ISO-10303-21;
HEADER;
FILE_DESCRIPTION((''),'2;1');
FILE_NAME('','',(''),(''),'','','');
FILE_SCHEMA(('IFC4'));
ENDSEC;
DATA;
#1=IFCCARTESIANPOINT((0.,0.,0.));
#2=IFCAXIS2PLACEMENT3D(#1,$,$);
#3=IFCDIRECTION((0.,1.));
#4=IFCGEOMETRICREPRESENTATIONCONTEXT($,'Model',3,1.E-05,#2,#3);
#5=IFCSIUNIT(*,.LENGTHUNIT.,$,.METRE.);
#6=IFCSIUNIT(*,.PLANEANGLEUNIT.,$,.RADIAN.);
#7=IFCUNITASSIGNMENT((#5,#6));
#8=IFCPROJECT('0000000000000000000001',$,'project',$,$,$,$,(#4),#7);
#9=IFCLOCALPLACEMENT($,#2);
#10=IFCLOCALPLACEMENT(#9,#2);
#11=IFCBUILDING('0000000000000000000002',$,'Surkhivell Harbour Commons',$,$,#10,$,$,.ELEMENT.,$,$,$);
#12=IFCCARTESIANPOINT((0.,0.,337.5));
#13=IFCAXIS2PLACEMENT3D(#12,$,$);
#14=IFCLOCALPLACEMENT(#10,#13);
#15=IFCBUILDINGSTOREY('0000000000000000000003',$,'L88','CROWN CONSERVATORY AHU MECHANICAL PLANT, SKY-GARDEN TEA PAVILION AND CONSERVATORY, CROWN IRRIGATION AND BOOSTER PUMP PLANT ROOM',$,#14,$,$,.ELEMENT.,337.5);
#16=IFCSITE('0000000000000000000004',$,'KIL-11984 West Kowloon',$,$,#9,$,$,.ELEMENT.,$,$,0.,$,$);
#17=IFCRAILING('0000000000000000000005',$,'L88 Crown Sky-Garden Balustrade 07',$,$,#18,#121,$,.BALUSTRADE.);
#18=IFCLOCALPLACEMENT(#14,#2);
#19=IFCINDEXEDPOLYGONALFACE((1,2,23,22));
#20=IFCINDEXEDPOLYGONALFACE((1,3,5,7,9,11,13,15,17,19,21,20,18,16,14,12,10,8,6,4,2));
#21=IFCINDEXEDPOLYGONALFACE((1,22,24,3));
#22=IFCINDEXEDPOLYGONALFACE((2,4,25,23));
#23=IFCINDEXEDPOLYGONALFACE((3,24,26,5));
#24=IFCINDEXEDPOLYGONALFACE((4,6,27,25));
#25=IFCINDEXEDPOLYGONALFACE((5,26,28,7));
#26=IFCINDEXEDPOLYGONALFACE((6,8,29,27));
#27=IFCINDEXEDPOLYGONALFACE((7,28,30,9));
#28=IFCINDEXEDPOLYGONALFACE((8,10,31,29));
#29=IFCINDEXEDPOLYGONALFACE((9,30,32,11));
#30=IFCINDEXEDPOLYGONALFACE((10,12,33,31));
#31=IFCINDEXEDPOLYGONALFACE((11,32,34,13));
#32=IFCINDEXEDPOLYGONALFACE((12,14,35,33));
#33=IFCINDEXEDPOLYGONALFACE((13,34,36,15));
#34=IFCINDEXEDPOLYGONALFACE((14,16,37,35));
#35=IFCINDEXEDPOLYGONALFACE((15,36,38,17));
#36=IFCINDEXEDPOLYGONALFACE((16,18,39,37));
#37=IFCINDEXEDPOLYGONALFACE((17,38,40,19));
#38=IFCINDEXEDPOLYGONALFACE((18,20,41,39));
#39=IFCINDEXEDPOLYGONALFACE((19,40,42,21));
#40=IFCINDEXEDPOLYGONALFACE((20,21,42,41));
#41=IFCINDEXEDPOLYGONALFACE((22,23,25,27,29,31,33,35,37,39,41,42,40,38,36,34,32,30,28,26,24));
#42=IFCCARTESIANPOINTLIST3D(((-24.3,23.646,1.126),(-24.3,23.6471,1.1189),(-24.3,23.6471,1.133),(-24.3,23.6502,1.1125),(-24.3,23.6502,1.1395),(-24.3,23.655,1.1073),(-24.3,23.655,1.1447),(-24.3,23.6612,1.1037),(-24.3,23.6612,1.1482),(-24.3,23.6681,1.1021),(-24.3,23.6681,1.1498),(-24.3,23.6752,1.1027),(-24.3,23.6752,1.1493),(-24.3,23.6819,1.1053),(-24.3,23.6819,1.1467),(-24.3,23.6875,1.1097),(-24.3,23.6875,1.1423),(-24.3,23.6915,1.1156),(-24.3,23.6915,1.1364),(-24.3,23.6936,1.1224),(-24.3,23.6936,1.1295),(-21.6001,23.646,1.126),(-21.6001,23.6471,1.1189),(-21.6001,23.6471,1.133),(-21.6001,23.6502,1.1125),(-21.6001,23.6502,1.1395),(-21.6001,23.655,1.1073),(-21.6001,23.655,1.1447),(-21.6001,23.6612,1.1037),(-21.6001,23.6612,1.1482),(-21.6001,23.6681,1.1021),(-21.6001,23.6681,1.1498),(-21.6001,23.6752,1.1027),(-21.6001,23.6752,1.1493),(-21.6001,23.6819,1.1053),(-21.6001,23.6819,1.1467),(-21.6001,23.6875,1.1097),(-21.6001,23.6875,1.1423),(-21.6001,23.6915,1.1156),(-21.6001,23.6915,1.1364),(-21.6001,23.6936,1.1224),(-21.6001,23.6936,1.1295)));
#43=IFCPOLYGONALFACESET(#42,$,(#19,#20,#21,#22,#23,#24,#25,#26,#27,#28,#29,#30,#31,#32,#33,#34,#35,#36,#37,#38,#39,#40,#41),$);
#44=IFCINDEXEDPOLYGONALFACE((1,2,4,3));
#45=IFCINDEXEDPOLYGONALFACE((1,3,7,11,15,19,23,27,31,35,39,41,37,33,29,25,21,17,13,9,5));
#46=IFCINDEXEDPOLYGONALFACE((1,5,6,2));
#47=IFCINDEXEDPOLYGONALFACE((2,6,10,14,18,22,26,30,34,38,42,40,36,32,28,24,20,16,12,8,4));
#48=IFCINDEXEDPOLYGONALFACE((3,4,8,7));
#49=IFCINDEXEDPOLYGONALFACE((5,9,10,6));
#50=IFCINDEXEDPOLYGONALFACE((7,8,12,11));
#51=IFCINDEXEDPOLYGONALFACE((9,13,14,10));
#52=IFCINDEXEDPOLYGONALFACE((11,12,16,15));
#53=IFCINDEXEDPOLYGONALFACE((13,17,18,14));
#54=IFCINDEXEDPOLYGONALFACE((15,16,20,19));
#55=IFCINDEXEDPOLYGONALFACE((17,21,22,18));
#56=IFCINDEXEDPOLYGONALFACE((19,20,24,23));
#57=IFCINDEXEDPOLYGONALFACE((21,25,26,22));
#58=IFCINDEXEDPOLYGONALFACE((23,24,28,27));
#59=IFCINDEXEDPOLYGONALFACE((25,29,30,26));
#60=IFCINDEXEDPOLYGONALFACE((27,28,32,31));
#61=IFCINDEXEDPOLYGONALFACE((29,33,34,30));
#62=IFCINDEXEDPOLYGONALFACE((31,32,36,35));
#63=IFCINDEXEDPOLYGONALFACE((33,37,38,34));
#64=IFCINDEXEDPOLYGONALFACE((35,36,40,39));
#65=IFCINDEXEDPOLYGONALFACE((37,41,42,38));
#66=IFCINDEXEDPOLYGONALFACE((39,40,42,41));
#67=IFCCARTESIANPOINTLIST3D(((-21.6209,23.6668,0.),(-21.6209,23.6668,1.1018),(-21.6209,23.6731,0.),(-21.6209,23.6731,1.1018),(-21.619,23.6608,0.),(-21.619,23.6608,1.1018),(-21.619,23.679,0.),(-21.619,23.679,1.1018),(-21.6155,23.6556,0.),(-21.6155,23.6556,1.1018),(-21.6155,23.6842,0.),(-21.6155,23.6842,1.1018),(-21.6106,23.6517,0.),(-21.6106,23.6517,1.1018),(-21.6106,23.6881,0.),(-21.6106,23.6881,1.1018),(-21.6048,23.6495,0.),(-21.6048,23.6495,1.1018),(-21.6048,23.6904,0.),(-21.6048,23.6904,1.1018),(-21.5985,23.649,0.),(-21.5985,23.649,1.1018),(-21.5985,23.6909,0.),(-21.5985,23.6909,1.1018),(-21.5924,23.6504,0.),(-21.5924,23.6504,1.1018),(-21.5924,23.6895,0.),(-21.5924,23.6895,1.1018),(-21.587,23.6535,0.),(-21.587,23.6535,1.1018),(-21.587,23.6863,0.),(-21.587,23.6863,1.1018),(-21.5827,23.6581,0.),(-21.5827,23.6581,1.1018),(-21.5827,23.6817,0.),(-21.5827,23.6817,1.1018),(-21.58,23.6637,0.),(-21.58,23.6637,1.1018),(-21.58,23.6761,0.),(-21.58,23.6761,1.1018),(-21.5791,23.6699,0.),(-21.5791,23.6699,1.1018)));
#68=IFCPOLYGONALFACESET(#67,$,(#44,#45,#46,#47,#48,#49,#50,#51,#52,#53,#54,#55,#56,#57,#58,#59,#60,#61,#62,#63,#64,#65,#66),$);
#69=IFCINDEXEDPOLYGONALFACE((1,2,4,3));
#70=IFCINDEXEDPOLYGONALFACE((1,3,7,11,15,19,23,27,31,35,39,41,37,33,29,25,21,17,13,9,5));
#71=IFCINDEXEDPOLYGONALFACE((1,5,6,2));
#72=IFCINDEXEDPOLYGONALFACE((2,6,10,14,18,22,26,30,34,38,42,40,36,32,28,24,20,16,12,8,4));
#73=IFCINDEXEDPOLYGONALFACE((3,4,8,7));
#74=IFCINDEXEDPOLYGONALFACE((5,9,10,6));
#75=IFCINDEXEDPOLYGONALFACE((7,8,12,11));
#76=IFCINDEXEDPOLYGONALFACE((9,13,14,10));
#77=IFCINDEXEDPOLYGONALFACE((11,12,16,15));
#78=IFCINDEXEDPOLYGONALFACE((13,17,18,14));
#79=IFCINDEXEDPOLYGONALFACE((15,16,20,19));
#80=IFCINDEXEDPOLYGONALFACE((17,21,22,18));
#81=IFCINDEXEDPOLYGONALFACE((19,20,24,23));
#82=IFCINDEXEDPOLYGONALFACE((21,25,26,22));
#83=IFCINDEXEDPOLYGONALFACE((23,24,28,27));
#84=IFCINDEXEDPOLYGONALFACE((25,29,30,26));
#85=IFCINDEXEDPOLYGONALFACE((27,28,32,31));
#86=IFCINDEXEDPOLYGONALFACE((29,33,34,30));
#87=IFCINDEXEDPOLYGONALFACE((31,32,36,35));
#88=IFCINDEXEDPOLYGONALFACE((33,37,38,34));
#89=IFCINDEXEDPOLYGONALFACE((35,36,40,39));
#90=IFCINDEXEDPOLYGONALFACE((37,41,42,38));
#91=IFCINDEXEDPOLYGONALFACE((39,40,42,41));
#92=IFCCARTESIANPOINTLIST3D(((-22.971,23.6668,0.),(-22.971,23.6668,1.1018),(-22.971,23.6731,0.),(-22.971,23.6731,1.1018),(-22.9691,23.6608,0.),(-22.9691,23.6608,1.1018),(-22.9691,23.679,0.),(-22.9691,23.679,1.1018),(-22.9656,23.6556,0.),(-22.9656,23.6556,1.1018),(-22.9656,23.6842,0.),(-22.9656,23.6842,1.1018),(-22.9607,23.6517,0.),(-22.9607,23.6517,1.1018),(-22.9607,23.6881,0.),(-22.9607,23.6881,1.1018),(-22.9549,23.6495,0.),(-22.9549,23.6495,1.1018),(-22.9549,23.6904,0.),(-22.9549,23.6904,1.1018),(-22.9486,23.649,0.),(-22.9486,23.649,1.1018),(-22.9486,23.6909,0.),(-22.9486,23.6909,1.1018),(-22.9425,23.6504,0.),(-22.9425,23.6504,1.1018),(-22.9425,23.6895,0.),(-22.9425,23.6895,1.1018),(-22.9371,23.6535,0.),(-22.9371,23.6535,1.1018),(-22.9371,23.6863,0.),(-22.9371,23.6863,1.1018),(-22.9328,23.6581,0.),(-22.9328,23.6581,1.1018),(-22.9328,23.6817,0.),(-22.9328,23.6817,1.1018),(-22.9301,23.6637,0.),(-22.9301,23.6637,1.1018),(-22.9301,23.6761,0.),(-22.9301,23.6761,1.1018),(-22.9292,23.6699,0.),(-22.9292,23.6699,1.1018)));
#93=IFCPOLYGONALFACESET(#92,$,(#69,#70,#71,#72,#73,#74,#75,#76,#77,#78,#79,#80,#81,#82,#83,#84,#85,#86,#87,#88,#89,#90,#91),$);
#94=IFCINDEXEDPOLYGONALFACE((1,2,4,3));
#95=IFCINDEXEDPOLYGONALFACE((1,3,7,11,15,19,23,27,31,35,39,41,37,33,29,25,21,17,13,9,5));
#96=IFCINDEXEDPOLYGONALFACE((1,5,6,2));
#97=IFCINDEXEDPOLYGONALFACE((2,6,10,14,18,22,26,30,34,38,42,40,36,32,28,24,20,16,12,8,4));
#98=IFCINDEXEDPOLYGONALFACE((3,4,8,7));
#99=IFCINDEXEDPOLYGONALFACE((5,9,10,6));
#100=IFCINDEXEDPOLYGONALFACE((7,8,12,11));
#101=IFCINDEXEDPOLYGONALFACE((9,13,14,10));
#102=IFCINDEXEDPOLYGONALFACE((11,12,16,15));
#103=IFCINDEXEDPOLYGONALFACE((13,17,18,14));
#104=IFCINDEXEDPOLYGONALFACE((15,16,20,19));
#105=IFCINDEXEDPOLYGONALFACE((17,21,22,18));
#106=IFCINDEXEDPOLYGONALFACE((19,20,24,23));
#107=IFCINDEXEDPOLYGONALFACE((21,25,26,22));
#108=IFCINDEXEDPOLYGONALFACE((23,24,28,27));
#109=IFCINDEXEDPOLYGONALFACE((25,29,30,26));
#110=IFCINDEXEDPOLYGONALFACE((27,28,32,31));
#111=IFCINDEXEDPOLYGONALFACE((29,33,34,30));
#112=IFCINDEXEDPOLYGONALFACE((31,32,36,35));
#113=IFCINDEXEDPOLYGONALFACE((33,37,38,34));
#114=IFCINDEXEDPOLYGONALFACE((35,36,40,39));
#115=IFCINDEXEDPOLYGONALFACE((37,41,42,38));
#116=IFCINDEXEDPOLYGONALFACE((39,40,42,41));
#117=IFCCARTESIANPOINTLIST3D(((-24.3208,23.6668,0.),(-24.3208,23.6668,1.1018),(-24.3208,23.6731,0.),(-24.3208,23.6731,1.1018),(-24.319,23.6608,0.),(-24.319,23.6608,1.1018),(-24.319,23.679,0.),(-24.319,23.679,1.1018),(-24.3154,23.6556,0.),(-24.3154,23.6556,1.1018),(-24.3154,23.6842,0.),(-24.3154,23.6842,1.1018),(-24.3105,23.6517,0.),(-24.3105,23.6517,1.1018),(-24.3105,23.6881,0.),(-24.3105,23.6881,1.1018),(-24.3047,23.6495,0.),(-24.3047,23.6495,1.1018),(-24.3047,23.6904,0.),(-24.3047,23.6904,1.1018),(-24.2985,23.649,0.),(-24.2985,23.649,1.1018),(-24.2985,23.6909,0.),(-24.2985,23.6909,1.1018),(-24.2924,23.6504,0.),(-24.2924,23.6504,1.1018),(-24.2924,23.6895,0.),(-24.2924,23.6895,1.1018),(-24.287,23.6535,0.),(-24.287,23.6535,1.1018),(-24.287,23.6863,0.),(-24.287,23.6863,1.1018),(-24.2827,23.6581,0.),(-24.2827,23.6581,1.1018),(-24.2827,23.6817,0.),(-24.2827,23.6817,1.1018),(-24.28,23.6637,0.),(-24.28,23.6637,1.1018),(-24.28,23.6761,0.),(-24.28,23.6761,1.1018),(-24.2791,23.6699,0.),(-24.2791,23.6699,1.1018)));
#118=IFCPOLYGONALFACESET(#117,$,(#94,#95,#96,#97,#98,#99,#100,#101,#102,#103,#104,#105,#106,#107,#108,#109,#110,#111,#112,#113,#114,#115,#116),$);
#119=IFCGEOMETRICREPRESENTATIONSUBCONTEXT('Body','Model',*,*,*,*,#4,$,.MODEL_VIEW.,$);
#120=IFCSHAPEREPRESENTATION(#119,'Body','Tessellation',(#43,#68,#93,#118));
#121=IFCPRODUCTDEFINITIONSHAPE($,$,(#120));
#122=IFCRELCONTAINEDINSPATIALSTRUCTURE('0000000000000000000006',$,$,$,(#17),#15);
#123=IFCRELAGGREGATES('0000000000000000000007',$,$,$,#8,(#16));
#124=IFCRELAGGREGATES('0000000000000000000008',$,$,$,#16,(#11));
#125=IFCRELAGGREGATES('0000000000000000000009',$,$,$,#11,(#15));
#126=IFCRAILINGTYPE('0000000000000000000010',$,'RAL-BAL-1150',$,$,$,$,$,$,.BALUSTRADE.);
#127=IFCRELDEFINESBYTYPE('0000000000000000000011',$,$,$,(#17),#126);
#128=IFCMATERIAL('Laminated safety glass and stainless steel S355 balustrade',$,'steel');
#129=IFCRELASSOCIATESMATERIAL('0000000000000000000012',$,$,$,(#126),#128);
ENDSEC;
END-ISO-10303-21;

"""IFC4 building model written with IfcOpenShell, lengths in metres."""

from ifc_helpers import new_model, si_unit, direction, frame, origin, origin_2d, place, context, subcontext, project, spatial, circle, extrude, material, type_object, element, save


model = new_model("IFC4")

# Units and contexts
model_context = context("Model", 3, precision=1e-05, world=origin(), true_north=direction((0.0, 1.0)))
body_context = subcontext(model_context, "Body", "Model", "MODEL_VIEW")
ifc_project = project(units=[si_unit("LENGTHUNIT", "METRE"), si_unit("PLANEANGLEUNIT", "RADIAN")], contexts=[model_context])

# Site, building, storey
site_placement = place(None, origin())
site = spatial("IfcSite", under=ifc_project, at=site_placement, Name="KIL-11984 West Kowloon", CompositionType="ELEMENT", RefElevation=0.0)
building_placement = place(site_placement, origin())
building = spatial("IfcBuilding", under=site, at=building_placement, Name="Surkhivell Harbour Commons", CompositionType="ELEMENT")
storey_placement = place(building_placement, frame((0.0, 0.0, 337.5)))
storey = spatial("IfcBuildingStorey", under=building, at=storey_placement, Name="L88", Description="CROWN CONSERVATORY AHU MECHANICAL PLANT, SKY-GARDEN TEA PAVILION AND CONSERVATORY, CROWN IRRIGATION AND BOOSTER PUMP PLANT ROOM", CompositionType="ELEMENT", Elevation=337.5)

# Railing
ifc_material_1 = material(Name="Laminated safety glass and stainless steel S355 balustrade", Category="steel")
railing_type = type_object("IfcRailingType", Name="RAL-BAL-1150", PredefinedType="BALUSTRADE", material=ifc_material_1)
railing_1_placement = place(storey_placement, frame((-21.6001, 23.6699, 0.0)))
element("IfcRailing", 1, at=railing_1_placement, inside=storey, type_object=railing_type, Name="L88 Crown Sky-Garden Balustrade 07", PredefinedType="BALUSTRADE", context=body_context, shape_type="SweptSolid", body=[
    extrude(circle(Radius=0.0239, at=origin_2d()), frame((0.0, 0.0, 1.126), z_axis=(-1.0, 0.0, 0.0), x_axis=(0.0, -1.0, 0.0)), (0.0, 0.0, 1.0), 2.7),
    extrude(circle(Radius=0.021, at=origin_2d()), origin(), (0.0, 0.0, 1.0), 1.1018),
    extrude(circle(Radius=0.021, at=origin_2d()), frame((-1.3501, 0.0, 0.0)), (0.0, 0.0, 1.0), 1.1018),
    extrude(circle(Radius=0.021, at=origin_2d()), frame((-2.7, 0.0, 0.0)), (0.0, 0.0, 1.0), 1.1018),
])

save(model, "model.ifc")
